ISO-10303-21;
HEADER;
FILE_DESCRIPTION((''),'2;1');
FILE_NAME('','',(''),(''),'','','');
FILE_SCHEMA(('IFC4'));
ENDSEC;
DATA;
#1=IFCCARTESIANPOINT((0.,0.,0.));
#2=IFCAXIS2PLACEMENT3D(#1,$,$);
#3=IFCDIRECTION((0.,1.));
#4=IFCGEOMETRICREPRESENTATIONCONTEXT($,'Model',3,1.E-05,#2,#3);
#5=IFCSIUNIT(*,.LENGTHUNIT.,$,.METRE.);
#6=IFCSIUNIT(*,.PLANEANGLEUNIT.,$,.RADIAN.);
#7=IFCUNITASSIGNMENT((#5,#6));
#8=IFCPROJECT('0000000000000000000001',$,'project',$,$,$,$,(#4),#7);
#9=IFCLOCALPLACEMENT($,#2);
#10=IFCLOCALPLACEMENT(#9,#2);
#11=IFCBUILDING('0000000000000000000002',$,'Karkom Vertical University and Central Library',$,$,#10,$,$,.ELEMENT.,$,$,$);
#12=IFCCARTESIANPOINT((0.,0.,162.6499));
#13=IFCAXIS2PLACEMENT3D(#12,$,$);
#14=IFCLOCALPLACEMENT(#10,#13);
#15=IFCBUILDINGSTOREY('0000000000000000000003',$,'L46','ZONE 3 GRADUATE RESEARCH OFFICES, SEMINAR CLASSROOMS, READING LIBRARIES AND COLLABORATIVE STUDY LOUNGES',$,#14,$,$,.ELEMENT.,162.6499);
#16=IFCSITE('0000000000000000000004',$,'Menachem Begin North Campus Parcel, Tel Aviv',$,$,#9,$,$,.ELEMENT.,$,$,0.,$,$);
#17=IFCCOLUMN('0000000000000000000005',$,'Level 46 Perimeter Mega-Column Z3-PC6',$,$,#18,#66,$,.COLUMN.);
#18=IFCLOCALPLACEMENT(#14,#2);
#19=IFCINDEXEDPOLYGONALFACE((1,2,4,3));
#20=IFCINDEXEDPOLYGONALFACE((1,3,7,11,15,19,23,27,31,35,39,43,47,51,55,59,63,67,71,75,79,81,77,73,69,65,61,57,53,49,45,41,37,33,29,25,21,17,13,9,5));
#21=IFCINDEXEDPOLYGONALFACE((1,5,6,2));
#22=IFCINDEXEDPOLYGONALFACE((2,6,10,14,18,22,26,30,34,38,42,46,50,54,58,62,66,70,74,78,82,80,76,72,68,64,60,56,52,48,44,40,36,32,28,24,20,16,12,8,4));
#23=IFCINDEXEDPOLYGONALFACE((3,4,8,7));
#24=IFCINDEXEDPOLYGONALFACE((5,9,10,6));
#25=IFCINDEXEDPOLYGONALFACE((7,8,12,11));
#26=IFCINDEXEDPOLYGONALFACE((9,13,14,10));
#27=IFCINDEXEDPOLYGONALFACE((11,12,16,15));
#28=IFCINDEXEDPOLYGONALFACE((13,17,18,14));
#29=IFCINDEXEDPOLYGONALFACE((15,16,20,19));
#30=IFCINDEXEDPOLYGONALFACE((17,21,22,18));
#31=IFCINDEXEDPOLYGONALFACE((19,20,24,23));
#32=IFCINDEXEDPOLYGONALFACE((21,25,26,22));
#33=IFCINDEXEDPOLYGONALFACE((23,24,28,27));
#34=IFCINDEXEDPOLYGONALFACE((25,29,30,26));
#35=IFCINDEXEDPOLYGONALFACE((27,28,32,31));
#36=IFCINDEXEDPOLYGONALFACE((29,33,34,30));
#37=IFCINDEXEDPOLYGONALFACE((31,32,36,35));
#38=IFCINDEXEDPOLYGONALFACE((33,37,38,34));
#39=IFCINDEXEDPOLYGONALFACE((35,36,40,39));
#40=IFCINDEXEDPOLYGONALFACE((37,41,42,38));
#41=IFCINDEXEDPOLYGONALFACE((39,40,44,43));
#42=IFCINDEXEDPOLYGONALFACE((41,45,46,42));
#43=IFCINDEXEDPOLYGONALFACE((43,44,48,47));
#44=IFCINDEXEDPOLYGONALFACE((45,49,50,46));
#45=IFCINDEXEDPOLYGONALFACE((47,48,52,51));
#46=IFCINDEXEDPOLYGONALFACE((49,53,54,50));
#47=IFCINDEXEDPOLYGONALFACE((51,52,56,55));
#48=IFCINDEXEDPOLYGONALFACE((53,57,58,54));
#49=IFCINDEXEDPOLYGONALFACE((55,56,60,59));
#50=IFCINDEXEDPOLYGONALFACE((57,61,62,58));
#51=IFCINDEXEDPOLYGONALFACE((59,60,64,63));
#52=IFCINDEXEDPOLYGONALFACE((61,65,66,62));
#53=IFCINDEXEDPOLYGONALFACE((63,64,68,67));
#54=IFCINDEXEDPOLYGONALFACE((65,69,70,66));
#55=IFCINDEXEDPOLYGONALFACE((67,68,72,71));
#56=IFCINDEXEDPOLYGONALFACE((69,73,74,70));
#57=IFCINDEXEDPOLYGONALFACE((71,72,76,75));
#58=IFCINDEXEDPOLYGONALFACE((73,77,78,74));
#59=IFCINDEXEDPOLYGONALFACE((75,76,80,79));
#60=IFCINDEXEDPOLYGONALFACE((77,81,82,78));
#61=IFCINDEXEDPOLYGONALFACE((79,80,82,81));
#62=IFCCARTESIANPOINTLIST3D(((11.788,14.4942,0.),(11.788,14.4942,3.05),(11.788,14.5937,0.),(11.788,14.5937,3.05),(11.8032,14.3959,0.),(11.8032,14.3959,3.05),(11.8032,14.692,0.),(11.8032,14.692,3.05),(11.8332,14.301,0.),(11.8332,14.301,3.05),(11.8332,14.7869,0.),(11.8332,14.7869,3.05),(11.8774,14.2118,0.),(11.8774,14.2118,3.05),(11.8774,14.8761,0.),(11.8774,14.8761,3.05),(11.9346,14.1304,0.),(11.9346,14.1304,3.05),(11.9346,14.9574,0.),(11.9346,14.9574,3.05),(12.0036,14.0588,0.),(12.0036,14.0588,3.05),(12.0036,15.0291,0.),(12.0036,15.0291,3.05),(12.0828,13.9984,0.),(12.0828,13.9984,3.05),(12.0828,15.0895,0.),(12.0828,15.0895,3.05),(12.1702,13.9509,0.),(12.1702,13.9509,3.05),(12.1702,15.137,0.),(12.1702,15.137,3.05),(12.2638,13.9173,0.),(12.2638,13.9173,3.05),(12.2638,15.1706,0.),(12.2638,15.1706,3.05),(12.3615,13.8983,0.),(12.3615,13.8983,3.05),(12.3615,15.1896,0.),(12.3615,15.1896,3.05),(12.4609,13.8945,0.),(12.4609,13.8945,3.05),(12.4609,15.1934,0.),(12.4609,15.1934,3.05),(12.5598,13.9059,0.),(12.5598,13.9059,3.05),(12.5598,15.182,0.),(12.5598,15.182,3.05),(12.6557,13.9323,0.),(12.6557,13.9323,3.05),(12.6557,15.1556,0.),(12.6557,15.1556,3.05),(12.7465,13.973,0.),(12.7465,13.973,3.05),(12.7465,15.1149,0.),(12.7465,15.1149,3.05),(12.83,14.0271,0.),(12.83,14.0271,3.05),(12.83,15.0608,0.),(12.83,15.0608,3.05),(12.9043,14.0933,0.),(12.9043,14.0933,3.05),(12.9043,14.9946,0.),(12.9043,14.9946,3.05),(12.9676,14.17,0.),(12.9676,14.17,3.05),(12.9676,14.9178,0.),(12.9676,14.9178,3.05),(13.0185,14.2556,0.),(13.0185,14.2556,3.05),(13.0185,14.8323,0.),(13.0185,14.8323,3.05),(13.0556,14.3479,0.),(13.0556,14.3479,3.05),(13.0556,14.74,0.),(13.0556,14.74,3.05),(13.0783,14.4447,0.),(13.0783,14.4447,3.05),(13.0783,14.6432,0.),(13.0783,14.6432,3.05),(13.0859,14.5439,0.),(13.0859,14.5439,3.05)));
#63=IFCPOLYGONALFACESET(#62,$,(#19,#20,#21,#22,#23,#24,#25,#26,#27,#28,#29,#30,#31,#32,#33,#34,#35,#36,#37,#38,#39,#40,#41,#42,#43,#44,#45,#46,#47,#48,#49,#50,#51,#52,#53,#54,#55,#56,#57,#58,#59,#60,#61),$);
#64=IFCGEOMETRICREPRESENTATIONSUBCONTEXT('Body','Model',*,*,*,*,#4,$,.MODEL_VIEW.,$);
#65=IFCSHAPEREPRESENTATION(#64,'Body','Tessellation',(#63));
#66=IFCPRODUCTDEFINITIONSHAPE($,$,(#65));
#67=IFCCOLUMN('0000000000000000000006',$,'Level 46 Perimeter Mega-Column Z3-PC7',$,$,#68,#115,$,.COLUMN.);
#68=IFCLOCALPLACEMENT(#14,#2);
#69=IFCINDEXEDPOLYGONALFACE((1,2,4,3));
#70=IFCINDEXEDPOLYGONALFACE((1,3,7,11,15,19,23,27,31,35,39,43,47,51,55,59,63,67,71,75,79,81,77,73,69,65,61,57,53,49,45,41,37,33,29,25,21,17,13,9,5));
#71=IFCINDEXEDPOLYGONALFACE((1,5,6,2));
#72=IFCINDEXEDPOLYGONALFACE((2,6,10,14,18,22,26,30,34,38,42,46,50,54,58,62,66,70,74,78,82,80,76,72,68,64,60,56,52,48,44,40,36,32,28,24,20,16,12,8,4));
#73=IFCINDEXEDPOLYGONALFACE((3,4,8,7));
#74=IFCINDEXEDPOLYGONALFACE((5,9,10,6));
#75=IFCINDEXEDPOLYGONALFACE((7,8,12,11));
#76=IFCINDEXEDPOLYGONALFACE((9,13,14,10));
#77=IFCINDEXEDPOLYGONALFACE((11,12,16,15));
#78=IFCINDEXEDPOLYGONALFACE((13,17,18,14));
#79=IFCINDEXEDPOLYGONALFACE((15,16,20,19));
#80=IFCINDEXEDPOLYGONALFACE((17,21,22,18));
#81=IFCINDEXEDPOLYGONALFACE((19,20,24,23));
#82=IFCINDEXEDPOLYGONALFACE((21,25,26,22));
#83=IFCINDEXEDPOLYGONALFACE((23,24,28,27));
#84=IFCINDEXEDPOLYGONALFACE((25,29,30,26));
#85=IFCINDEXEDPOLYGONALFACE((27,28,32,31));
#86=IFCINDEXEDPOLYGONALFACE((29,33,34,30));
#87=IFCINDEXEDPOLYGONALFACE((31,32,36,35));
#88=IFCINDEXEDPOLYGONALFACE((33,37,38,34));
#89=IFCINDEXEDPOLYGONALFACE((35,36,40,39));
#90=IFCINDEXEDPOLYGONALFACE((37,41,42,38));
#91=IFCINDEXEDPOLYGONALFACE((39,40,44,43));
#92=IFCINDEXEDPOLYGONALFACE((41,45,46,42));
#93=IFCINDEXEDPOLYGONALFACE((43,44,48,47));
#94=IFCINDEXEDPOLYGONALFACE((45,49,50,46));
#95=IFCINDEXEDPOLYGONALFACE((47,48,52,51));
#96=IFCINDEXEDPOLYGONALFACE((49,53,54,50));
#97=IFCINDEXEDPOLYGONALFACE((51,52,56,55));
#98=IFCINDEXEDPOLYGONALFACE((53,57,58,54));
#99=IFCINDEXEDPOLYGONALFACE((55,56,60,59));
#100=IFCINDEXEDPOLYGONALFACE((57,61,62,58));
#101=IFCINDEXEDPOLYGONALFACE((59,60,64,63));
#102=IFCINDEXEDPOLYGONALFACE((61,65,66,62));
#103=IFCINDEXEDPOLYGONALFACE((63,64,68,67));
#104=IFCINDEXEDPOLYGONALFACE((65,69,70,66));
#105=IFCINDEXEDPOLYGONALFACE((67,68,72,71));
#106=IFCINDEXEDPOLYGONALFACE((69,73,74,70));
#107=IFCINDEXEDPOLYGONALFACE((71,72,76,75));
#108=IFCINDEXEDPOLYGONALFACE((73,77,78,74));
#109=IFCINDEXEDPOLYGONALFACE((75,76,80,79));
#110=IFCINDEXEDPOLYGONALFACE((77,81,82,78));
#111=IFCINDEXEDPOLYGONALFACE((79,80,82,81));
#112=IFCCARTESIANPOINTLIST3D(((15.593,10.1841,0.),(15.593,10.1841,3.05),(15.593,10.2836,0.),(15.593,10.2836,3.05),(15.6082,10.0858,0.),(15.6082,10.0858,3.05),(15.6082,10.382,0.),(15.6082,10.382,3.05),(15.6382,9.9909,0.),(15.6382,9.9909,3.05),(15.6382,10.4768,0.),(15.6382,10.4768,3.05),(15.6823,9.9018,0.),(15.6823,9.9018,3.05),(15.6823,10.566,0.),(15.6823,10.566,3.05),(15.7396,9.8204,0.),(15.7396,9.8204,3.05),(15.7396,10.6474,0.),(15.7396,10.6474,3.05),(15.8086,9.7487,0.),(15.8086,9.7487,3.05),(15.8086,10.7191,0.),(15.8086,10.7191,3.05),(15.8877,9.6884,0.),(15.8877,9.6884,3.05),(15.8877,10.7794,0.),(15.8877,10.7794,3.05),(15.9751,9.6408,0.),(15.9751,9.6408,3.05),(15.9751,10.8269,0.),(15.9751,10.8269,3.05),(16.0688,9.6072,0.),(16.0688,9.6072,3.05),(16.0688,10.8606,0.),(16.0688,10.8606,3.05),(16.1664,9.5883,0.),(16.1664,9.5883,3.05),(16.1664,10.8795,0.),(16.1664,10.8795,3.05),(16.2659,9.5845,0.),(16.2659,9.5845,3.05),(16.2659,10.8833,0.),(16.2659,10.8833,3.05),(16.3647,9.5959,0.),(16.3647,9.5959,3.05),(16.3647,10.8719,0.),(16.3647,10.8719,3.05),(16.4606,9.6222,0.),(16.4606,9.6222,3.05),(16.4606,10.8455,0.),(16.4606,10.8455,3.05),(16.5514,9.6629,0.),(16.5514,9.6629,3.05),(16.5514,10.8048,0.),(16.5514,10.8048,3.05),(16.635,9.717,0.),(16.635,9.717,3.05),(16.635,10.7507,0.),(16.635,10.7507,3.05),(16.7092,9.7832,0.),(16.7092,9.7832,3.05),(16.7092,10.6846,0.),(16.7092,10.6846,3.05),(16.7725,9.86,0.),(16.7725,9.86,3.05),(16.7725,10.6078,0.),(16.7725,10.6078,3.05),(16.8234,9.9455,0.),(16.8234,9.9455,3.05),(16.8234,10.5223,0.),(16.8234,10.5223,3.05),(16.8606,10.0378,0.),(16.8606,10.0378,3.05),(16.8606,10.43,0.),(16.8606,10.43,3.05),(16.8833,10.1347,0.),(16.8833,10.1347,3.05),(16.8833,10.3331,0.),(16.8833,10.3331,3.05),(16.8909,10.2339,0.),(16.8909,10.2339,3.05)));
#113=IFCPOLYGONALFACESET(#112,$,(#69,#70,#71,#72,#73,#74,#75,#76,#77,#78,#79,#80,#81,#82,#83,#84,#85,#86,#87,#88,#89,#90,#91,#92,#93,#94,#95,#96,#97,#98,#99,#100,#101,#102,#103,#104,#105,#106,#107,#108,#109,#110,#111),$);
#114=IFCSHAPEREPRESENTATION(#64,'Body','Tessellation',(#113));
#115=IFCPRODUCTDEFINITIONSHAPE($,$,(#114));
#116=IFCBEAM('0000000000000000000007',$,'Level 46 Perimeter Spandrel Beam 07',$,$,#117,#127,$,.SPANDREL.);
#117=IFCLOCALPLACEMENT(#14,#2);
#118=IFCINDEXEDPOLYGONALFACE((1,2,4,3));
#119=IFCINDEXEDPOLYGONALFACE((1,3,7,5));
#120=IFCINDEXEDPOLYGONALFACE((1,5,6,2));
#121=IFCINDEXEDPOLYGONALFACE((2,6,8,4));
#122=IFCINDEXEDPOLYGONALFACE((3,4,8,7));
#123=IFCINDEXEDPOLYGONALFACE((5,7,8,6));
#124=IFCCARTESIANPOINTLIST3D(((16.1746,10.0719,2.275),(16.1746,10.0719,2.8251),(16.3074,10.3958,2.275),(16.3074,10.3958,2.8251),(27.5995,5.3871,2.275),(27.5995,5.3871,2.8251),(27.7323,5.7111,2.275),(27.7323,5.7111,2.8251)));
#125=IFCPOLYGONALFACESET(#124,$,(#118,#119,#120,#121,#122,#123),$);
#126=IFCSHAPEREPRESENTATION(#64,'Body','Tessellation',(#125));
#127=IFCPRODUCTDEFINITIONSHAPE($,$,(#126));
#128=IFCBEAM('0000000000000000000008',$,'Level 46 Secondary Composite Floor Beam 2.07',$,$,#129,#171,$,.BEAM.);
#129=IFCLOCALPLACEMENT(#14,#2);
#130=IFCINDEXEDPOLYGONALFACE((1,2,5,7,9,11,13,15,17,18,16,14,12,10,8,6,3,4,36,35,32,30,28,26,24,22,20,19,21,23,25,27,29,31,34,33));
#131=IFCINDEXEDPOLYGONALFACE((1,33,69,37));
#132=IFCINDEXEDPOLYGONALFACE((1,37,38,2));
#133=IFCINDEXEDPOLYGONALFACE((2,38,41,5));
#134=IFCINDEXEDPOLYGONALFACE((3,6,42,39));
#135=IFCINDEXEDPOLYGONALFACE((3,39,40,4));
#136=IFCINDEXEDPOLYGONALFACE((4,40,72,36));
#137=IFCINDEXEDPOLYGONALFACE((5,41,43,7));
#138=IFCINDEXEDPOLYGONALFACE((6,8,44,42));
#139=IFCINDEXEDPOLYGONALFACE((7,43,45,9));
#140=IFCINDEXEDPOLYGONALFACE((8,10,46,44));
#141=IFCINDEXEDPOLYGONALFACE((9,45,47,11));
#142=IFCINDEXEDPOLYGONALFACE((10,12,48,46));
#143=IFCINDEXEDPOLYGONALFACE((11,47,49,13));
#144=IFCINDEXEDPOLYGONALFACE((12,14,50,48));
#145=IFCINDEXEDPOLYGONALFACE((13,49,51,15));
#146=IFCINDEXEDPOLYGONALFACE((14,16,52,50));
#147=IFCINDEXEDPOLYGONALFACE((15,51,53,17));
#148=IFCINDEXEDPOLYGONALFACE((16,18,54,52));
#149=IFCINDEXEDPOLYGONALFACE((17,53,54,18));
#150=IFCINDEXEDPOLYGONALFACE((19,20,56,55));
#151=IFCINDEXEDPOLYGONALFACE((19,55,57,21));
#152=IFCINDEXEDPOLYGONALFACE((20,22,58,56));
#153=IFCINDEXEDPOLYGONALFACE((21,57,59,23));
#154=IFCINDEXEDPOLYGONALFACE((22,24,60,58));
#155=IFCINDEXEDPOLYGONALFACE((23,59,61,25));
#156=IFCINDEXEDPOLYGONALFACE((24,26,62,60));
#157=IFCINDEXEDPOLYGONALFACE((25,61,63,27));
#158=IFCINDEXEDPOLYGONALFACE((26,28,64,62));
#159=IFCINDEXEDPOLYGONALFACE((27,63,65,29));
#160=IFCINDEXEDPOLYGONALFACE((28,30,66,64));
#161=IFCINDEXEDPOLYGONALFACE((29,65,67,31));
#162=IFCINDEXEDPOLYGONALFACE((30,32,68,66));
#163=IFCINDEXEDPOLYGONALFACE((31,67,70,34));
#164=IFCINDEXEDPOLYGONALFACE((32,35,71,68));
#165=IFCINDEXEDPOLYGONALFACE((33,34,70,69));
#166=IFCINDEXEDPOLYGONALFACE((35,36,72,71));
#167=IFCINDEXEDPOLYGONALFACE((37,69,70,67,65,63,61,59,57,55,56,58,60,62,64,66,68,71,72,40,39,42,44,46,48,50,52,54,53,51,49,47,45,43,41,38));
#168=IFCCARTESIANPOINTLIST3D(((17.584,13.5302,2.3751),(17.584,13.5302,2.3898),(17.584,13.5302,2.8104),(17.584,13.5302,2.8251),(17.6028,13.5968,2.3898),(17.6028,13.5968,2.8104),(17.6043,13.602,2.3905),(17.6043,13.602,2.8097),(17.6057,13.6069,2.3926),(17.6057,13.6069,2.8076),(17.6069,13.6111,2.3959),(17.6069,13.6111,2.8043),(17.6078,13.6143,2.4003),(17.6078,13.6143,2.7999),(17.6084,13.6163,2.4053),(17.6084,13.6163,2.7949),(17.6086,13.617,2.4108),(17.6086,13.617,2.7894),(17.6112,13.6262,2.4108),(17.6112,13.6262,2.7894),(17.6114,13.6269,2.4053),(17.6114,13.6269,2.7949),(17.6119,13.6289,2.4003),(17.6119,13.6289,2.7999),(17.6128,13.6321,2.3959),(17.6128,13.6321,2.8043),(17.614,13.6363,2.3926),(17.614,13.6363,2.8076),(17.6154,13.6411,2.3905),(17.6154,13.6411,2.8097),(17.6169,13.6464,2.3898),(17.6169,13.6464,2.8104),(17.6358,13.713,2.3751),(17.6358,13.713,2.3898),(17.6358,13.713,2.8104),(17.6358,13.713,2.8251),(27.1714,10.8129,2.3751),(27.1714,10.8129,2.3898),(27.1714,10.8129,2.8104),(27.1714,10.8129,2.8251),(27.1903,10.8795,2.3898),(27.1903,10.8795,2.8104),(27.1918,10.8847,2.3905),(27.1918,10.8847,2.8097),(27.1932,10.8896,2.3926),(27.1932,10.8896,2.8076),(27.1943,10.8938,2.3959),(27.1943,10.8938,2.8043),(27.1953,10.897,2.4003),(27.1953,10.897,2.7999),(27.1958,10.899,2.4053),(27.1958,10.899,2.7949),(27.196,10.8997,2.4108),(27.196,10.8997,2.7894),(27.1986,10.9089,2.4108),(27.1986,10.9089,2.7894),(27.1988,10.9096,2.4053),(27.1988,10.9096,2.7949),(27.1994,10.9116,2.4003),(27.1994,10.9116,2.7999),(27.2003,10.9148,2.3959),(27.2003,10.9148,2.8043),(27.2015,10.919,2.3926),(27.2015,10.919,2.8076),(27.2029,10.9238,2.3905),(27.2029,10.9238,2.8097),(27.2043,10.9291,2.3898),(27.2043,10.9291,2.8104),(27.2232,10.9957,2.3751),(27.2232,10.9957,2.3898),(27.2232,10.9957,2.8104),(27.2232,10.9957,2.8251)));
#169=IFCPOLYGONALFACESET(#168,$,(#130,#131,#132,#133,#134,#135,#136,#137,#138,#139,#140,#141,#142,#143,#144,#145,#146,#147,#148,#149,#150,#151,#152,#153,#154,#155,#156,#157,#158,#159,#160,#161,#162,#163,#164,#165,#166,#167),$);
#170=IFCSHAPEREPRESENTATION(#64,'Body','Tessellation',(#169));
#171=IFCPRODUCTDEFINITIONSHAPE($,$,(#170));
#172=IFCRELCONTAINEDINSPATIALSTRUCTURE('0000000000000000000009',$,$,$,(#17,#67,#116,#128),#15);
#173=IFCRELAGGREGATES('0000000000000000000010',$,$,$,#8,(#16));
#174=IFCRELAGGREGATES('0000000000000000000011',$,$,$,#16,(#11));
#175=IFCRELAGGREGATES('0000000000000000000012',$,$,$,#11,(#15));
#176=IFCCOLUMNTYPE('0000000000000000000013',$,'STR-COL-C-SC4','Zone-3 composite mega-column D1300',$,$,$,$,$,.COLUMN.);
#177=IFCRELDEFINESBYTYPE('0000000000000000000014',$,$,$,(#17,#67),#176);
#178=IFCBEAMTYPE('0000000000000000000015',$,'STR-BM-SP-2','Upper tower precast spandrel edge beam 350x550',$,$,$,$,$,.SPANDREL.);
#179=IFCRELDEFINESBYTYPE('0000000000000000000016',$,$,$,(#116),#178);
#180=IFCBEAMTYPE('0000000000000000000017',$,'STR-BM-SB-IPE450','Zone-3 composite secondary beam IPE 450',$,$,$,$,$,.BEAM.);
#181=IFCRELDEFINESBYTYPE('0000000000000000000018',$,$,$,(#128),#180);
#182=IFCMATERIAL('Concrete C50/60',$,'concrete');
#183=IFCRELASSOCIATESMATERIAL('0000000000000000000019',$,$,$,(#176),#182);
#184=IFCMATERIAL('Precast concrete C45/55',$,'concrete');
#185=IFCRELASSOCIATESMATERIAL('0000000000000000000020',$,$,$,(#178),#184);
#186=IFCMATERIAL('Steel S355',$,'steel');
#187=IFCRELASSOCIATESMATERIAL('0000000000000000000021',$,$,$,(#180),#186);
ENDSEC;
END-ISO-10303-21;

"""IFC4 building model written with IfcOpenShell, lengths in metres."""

from ifc_helpers import new_model, si_unit, direction, frame, origin, origin_with_axes, origin_2d, place, context, subcontext, project, spatial, rectangle, circle, i_section, extrude, source, transform, mapped, material, material_profile, profile_set, type_object, element, save


model = new_model("IFC4")

# Units and contexts
model_context = context("Model", 3, precision=1e-05, world=origin(), true_north=direction((0.0, 1.0)))
body_context = subcontext(model_context, "Body", "Model", "MODEL_VIEW")
ifc_project = project(units=[si_unit("LENGTHUNIT", "METRE"), si_unit("PLANEANGLEUNIT", "RADIAN")], contexts=[model_context])

# Site, building, storey
site_placement = place(None, origin())
site = spatial("IfcSite", under=ifc_project, at=site_placement, Name="Menachem Begin North Campus Parcel, Tel Aviv", CompositionType="ELEMENT", RefElevation=0.0)
building_placement = place(site_placement, origin())
building = spatial("IfcBuilding", under=site, at=building_placement, Name="Karkom Vertical University and Central Library", CompositionType="ELEMENT")
storey_placement = place(building_placement, frame((0.0, 0.0, 162.6499)))
storey = spatial("IfcBuildingStorey", under=building, at=storey_placement, Name="L46", Description="ZONE 3 GRADUATE RESEARCH OFFICES, SEMINAR CLASSROOMS, READING LIBRARIES AND COLLABORATIVE STUDY LOUNGES", CompositionType="ELEMENT", Elevation=162.6499)

# Columns
ifc_material_1 = material(Name="Concrete C50/60", Category="concrete")
ifc_material_profile_1 = material_profile(ifc_material_1, circle(Radius=0.6499, at=origin_2d()), Name="CFT-D1300")
ifc_profile_set_1 = profile_set([ifc_material_profile_1], Name="Concrete C50/60")
column_type = type_object("IfcColumnType", Name="STR-COL-C-SC4", Description="Zone-3 composite mega-column D1300", PredefinedType="COLUMN", material=ifc_profile_set_1)
shared_shape_1 = source(origin_with_axes(), body_context, "Body", "SweptSolid", [
    extrude(circle(Radius=0.6499, at=origin_2d()), origin(), (0.0, 0.0, 1.0), 3.05),
])
for number, where, z_axis, x_axis, name in (
    (1, (12.436, 14.5439, 0.0), (0.0, 0.0, 1.0), (1.0, 0.0, 0.0), "Level 46 Perimeter Mega-Column Z3-PC6"),
    (2, (16.241, 10.2339, 0.0), (0.0, 0.0, 1.0), (1.0, 0.0, 0.0), "Level 46 Perimeter Mega-Column Z3-PC7"),
):
    element("IfcColumn", number, at=place(storey_placement, frame(where, z_axis=z_axis, x_axis=x_axis)), inside=storey, type_object=column_type, Name=name, PredefinedType="COLUMN", context=body_context, shape_type="MappedRepresentation", body=[
        mapped(shared_shape_1, transform((0.0, 0.0, 0.0), scale=1.0)),
    ])

# Beams
ifc_material_2 = material(Name="Precast concrete C45/55", Category="concrete")
ifc_material_profile_2 = material_profile(ifc_material_2, rectangle(XDim=0.3501, YDim=0.55, at=origin_2d()), Name="SPB-350x550")
ifc_profile_set_2 = profile_set([ifc_material_profile_2], Name="Precast concrete C45/55")
beam_type_1 = type_object("IfcBeamType", Name="STR-BM-SP-2", Description="Upper tower precast spandrel edge beam 350x550", PredefinedType="SPANDREL", material=ifc_profile_set_2)
shared_shape_2 = source(origin_with_axes(), body_context, "Body", "SweptSolid", [
    extrude(rectangle(XDim=0.3501, YDim=0.55, at=origin_2d()), origin(), (0.0, 0.0, 1.0), 12.3481),
])
beam_1_placement = place(storey_placement, frame((16.241, 10.2339, 2.55), z_axis=(0.925236, -0.379391, 0.0), x_axis=(0.379391, 0.925236, 0.0)))
element("IfcBeam", 3, at=beam_1_placement, inside=storey, type_object=beam_type_1, Name="Level 46 Perimeter Spandrel Beam 07", PredefinedType="SPANDREL", context=body_context, shape_type="MappedRepresentation", body=[
    mapped(shared_shape_2, transform((0.0, 0.0, 0.0), scale=1.0)),
])
ifc_material_3 = material(Name="Steel S355", Category="steel")
ifc_material_profile_3 = material_profile(ifc_material_3, i_section(OverallWidth=0.1899, OverallDepth=0.45, WebThickness=0.0095, FlangeThickness=0.0146, FilletRadius=0.021, at=origin_2d()), Name="IPE 450")
ifc_profile_set_3 = profile_set([ifc_material_profile_3], Name="Steel S355")
beam_type_2 = type_object("IfcBeamType", Name="STR-BM-SB-IPE450", Description="Zone-3 composite secondary beam IPE 450", PredefinedType="BEAM", material=ifc_profile_set_3)
shared_shape_3 = source(origin_with_axes(), body_context, "Body", "SweptSolid", [
    extrude(i_section(OverallWidth=0.1899, OverallDepth=0.45, WebThickness=0.0095, FlangeThickness=0.0146, FilletRadius=0.021, at=origin_2d()), origin(), (0.0, 0.0, 1.0), 9.9651),
])
beam_2_placement = place(storey_placement, frame((17.6099, 13.6216, 2.6001), z_axis=(0.962104, -0.272682, 0.0), x_axis=(0.272682, 0.962104, 0.0)))
element("IfcBeam", 4, at=beam_2_placement, inside=storey, type_object=beam_type_2, Name="Level 46 Secondary Composite Floor Beam 2.07", PredefinedType="BEAM", context=body_context, shape_type="MappedRepresentation", body=[
    mapped(shared_shape_3, transform((0.0, 0.0, 0.0), scale=1.0)),
])

save(model, "model.ifc")
